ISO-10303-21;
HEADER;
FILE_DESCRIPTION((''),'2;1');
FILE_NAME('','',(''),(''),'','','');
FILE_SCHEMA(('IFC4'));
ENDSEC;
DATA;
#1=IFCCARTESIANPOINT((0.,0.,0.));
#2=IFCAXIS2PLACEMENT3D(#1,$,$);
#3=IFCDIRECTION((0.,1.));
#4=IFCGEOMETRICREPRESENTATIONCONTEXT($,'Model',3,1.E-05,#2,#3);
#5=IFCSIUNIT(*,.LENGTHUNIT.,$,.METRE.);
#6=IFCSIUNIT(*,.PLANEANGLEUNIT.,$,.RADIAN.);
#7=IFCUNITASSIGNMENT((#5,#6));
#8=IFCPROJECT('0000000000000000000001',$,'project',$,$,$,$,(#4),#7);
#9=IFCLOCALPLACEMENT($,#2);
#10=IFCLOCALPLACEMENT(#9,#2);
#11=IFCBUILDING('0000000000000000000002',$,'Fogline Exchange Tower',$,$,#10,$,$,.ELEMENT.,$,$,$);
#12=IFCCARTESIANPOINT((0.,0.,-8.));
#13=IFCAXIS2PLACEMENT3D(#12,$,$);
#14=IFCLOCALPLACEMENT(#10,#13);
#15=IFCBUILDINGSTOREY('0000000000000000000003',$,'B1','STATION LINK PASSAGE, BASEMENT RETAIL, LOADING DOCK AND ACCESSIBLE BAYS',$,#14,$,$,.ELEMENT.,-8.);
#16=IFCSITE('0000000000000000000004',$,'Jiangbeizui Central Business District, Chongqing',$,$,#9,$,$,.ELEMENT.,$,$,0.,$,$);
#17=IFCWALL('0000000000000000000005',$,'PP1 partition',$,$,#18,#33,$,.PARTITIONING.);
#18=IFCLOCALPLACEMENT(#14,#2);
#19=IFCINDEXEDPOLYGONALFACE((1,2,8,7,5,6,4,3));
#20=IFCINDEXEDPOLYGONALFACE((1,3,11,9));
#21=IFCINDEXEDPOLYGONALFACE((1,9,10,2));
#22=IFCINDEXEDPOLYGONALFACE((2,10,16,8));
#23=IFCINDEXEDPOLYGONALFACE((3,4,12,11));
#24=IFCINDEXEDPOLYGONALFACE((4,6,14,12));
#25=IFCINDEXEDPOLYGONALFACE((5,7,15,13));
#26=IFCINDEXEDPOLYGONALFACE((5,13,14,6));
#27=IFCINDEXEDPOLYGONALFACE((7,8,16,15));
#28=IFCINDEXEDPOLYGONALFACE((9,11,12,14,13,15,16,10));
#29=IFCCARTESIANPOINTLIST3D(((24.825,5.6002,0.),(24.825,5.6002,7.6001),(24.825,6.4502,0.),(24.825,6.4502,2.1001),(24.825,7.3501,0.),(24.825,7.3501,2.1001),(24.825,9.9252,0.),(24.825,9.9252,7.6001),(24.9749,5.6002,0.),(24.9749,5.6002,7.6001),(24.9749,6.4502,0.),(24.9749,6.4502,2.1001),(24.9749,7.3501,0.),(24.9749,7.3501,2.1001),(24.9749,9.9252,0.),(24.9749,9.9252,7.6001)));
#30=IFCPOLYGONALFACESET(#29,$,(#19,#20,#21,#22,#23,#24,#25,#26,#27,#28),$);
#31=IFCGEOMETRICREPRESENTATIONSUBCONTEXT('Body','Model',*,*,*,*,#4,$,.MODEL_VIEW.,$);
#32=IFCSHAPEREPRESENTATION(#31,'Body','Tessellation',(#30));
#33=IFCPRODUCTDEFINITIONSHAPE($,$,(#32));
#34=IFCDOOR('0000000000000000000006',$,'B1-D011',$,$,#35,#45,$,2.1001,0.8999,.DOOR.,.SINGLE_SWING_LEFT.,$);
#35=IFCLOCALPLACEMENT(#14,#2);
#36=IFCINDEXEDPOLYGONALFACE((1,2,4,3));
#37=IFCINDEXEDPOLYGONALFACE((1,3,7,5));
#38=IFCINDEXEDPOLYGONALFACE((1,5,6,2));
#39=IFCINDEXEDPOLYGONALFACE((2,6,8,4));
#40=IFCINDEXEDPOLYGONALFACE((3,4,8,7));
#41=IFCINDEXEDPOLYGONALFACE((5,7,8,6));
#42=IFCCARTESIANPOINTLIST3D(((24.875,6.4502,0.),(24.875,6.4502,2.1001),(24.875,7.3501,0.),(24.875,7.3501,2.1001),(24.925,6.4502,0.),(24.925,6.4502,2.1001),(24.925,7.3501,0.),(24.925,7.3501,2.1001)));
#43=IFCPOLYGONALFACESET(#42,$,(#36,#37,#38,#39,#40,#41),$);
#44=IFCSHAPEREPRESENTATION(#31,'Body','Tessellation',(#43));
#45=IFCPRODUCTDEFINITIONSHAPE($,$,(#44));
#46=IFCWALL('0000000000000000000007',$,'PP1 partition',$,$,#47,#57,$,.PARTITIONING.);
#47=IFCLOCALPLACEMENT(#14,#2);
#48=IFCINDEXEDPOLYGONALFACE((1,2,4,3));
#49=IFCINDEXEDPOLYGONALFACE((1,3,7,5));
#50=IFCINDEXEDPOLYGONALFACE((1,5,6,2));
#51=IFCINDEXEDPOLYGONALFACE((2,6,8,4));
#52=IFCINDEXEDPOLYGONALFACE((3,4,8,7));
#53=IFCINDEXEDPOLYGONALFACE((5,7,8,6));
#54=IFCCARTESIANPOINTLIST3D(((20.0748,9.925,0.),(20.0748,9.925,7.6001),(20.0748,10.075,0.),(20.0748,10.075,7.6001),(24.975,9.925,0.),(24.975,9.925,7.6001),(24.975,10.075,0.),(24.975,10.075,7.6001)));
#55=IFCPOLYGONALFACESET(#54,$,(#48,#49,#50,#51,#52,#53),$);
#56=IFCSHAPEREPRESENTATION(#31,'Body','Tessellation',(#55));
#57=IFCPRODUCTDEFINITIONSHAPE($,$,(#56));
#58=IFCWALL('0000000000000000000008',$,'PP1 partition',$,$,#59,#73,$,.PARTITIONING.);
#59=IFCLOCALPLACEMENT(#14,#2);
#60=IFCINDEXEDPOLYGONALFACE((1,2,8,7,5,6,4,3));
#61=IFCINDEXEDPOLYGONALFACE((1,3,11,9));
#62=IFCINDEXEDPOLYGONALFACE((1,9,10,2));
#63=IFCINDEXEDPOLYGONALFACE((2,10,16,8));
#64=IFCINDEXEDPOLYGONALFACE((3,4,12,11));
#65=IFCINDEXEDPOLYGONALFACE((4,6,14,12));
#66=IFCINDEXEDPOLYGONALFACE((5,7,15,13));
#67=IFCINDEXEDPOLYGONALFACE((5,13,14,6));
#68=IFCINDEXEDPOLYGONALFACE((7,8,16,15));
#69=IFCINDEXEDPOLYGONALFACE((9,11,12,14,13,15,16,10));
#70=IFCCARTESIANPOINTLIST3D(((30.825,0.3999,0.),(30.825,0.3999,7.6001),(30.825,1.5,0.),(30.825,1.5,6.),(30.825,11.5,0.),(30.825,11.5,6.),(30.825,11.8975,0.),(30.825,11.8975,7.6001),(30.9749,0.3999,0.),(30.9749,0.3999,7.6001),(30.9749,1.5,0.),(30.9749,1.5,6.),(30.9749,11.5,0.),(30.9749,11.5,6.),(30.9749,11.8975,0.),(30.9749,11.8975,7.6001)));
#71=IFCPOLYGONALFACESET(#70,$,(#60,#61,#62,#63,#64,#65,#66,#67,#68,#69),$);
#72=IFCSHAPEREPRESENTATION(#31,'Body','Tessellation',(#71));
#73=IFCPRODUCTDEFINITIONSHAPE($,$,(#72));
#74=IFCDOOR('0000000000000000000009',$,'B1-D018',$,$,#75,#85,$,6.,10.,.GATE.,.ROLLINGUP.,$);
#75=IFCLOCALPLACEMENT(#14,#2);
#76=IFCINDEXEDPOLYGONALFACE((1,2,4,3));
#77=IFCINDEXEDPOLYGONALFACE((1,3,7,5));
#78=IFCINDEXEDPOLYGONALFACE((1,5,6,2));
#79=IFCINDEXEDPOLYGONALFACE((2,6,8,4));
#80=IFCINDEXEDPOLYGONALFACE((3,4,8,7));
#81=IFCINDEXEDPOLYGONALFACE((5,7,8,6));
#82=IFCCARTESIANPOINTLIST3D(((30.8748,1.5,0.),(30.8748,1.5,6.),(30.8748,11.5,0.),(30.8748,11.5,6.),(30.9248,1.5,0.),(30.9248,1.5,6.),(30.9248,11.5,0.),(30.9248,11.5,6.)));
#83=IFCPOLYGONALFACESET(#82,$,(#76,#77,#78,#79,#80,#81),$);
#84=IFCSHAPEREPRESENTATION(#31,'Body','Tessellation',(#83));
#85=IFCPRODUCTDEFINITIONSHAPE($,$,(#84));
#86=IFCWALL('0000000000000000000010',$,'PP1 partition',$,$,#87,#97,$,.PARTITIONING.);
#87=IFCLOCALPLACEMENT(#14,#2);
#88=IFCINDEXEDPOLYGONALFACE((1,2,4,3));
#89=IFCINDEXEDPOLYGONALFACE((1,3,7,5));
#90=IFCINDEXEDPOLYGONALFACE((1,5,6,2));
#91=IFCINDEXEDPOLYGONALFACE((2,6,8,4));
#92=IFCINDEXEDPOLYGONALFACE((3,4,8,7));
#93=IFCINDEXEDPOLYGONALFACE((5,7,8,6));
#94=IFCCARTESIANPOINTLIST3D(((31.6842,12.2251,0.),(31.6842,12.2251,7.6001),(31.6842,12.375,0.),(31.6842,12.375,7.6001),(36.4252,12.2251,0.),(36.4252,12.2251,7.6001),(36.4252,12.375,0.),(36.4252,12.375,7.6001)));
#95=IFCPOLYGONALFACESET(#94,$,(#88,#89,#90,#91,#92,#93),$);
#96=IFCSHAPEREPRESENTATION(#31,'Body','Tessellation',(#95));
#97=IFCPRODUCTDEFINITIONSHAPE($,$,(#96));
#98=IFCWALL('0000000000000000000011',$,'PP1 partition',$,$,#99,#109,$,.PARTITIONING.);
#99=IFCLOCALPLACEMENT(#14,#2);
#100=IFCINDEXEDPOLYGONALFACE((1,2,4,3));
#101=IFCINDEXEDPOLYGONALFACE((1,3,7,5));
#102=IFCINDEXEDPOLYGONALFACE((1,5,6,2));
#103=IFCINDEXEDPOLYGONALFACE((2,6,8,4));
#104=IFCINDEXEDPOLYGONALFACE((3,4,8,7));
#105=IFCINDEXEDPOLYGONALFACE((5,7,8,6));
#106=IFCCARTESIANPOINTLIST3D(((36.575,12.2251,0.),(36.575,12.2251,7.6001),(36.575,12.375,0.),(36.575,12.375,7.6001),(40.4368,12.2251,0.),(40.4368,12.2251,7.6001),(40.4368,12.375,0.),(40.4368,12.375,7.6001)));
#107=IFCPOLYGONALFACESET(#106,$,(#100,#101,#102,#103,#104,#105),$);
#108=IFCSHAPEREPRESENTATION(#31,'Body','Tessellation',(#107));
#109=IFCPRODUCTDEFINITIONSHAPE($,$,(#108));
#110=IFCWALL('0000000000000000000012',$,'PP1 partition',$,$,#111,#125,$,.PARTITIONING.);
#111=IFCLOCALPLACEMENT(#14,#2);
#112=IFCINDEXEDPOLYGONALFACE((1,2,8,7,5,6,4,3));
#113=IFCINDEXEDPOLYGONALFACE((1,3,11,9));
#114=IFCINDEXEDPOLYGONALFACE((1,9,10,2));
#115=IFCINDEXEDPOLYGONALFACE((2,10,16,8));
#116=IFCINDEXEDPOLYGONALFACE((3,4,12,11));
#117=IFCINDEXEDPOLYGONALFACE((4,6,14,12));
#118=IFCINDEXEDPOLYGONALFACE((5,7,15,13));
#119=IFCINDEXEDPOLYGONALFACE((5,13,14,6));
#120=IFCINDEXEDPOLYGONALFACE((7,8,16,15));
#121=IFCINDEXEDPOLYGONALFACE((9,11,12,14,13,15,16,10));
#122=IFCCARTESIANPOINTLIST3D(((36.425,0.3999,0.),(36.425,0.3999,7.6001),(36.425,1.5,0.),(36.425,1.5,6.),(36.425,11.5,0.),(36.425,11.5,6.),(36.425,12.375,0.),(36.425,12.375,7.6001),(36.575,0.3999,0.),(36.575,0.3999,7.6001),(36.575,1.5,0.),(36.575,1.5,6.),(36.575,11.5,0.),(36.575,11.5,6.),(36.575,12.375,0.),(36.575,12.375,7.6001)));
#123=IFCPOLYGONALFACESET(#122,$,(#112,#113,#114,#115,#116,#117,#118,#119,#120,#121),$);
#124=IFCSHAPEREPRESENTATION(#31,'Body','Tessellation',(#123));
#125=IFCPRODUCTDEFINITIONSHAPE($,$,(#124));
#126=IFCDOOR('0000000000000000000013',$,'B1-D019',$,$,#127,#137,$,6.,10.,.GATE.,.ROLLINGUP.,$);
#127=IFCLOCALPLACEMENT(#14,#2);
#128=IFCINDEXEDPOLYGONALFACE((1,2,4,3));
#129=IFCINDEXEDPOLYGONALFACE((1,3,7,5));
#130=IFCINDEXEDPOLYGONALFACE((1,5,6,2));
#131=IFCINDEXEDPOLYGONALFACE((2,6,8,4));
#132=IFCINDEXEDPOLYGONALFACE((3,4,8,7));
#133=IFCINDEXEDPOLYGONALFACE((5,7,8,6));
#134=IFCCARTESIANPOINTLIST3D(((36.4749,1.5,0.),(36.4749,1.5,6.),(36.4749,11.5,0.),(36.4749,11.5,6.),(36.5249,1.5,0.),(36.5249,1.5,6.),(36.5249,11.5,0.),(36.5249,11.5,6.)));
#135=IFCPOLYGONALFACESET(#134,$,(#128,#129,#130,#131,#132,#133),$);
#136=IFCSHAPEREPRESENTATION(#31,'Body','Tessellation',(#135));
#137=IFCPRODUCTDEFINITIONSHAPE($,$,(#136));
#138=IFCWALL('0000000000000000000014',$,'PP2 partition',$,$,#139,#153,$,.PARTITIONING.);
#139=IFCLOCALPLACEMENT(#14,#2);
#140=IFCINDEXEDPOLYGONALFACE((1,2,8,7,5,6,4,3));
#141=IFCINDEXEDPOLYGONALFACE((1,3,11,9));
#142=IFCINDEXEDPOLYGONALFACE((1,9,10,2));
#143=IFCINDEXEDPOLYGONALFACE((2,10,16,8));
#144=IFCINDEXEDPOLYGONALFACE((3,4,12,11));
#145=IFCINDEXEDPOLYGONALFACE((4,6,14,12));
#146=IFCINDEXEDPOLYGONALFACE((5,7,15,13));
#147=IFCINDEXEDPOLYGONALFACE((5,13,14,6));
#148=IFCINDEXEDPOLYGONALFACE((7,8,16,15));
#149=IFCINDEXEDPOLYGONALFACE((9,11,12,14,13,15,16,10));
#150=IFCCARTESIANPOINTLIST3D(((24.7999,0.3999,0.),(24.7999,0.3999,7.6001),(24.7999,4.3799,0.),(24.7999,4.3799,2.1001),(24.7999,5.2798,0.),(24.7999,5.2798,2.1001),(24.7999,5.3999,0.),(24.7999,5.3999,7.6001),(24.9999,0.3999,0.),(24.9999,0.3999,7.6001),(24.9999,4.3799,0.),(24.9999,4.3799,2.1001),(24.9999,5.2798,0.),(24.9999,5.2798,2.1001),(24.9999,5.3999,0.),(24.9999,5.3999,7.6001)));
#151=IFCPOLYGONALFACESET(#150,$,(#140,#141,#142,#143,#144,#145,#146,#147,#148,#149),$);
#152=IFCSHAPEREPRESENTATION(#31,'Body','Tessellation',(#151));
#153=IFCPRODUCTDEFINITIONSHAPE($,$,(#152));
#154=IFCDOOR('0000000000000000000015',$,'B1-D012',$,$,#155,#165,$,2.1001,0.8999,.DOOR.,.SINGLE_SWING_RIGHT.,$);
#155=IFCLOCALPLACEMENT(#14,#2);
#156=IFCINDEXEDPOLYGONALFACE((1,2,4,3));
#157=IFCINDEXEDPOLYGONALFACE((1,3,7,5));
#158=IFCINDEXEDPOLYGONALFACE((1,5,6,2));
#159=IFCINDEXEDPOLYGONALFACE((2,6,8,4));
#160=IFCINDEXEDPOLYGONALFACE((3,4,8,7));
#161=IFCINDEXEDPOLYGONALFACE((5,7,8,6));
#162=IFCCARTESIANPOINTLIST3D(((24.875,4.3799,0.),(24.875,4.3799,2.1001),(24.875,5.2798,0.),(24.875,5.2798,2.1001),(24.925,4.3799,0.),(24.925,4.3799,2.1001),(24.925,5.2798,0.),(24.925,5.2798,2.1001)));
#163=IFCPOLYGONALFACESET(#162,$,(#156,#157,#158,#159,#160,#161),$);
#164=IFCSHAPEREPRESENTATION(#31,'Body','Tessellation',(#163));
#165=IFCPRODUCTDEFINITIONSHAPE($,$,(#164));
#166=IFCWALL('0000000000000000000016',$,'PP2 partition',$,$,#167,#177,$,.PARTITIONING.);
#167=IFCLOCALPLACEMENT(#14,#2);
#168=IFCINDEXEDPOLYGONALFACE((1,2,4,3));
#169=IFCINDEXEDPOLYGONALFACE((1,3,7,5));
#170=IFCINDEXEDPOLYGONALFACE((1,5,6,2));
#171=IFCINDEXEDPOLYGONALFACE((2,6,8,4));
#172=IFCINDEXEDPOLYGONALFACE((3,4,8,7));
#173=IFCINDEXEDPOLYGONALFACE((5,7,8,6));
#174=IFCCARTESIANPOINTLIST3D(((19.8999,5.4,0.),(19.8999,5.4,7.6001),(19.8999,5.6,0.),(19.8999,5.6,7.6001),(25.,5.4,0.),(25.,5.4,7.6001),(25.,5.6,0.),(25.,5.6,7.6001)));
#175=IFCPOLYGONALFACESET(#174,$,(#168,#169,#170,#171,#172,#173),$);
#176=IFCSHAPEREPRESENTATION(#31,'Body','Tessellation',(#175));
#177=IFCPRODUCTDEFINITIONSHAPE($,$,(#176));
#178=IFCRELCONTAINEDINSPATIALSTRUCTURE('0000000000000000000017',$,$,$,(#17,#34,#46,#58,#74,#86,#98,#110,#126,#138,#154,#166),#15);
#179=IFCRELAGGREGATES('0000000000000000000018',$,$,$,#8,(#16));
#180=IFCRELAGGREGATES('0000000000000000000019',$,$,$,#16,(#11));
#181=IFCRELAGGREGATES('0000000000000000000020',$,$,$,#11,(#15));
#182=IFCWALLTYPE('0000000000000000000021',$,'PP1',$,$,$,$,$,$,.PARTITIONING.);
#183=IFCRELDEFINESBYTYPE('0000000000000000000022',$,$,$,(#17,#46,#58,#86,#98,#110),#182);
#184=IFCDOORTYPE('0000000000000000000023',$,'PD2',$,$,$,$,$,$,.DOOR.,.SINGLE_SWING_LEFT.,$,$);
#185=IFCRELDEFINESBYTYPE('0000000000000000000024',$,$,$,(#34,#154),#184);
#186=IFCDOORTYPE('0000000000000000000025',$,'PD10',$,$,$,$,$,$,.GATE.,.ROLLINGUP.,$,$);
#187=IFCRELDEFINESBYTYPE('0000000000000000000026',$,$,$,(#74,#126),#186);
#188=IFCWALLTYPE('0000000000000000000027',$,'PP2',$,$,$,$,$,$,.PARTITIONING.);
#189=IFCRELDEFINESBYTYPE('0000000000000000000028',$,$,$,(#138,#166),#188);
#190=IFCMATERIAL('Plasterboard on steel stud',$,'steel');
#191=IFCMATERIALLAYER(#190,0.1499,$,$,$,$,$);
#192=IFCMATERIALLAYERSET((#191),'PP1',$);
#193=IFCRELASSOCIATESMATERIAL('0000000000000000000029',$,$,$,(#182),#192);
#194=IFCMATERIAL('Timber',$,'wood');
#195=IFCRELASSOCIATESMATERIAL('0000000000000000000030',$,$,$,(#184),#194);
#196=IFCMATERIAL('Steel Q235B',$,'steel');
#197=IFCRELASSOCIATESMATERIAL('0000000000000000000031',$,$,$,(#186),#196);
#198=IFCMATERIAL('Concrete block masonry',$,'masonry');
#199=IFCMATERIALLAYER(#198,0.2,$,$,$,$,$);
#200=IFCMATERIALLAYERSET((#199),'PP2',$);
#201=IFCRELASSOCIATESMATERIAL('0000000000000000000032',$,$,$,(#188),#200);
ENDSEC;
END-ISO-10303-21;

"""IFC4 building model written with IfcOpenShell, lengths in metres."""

from ifc_helpers import new_model, si_unit, direction, frame, frame_2d, origin, place, context, subcontext, project, spatial, rectangle, extrude, material, layer, layer_set, type_object, element, fill, save


model = new_model("IFC4")

# Units and contexts
model_context = context("Model", 3, precision=1e-05, world=origin(), true_north=direction((0.0, 1.0)))
body_context = subcontext(model_context, "Body", "Model", "MODEL_VIEW")
ifc_project = project(units=[si_unit("LENGTHUNIT", "METRE"), si_unit("PLANEANGLEUNIT", "RADIAN")], contexts=[model_context])

# Site, building, storey
site_placement = place(None, origin())
site = spatial("IfcSite", under=ifc_project, at=site_placement, Name="Jiangbeizui Central Business District, Chongqing", CompositionType="ELEMENT", RefElevation=0.0)
building_placement = place(site_placement, origin())
building = spatial("IfcBuilding", under=site, at=building_placement, Name="Fogline Exchange Tower", CompositionType="ELEMENT")
storey_placement = place(building_placement, frame((0.0, 0.0, -8.0)))
storey = spatial("IfcBuildingStorey", under=building, at=storey_placement, Name="B1", Description="STATION LINK PASSAGE, BASEMENT RETAIL, LOADING DOCK AND ACCESSIBLE BAYS", CompositionType="ELEMENT", Elevation=-8.0)

# Wall, opening, door
ifc_material_1 = material(Name="Plasterboard on steel stud", Category="steel")
ifc_layer_1 = layer(ifc_material_1, 0.1499)
ifc_layer_set_1 = layer_set([ifc_layer_1], Name="PP1")
wall_type_1 = type_object("IfcWallType", Name="PP1", PredefinedType="PARTITIONING", material=ifc_layer_set_1)
wall_1_placement = place(storey_placement, frame((24.8999, 5.6001, 0.0), z_axis=(0.0, 0.0, 1.0), x_axis=(0.0, 1.0, 0.0)))
wall_1 = element("IfcWall", 1, at=wall_1_placement, inside=storey, type_object=wall_type_1, Name="PP1 partition", PredefinedType="PARTITIONING", context=body_context, shape_type="SweptSolid", body=[
    extrude(rectangle(XDim=4.325, YDim=0.1499, at=frame_2d((2.1626, 0.0))), origin(), (0.0, 0.0, 1.0), 7.6001),
])
opening_1_placement = place(wall_1_placement, frame((0.8501, 0.0, 0.0)))
opening_1 = element("IfcOpeningElement", 2, at=opening_1_placement, cuts=wall_1, PredefinedType="OPENING", context=body_context, shape_type="SweptSolid", body=[
    extrude(rectangle(XDim=0.8999, YDim=2.1001, at=frame_2d((0.45, 1.05))), frame((0.0, 0.085, 0.0), z_axis=(0.0, -1.0, 0.0), x_axis=(1.0, 0.0, 0.0)), (0.0, 0.0, 1.0), 0.1699),
])
ifc_material_2 = material(Name="Timber", Category="wood")
door_type_1 = type_object("IfcDoorType", Name="PD2", OperationType="SINGLE_SWING_LEFT", PredefinedType="DOOR", material=ifc_material_2)
door_1_placement = place(opening_1_placement, origin())
door_1 = element("IfcDoor", 3, at=door_1_placement, inside=storey, type_object=door_type_1, Name="B1-D011", OperationType="SINGLE_SWING_LEFT", OverallHeight=2.1001, OverallWidth=0.8999, PredefinedType="DOOR", context=body_context, shape_type="SweptSolid", body=[
    extrude(rectangle(XDim=0.8999, YDim=2.1001, at=frame_2d((0.45, 1.05))), frame((0.0, 0.0249, 0.0), z_axis=(0.0, -1.0, 0.0), x_axis=(1.0, 0.0, 0.0)), (0.0, 0.0, 1.0), 0.05),
])
fill(opening_1, door_1)

# Wall
wall_2_placement = place(storey_placement, frame((24.9751, 10.0, 0.0), z_axis=(0.0, 0.0, 1.0), x_axis=(-1.0, 0.0, 0.0)))
element("IfcWall", 4, at=wall_2_placement, inside=storey, type_object=wall_type_1, Name="PP1 partition", PredefinedType="PARTITIONING", context=body_context, shape_type="SweptSolid", body=[
    extrude(rectangle(XDim=4.9001, YDim=0.1499, at=frame_2d((2.4502, 0.0))), origin(), (0.0, 0.0, 1.0), 7.6001),
])

# Wall, opening, door
wall_3_placement = place(storey_placement, frame((30.8999, 11.8975, 0.0), z_axis=(0.0, 0.0, 1.0), x_axis=(0.0, -1.0, 0.0)))
wall_3 = element("IfcWall", 5, at=wall_3_placement, inside=storey, type_object=wall_type_1, Name="PP1 partition", PredefinedType="PARTITIONING", context=body_context, shape_type="SweptSolid", body=[
    extrude(rectangle(XDim=11.4976, YDim=0.1499, at=frame_2d((5.7488, 0.0))), origin(), (0.0, 0.0, 1.0), 7.6001),
])
opening_2_placement = place(wall_3_placement, frame((0.3975, 0.0, 0.0)))
opening_2 = element("IfcOpeningElement", 6, at=opening_2_placement, cuts=wall_3, PredefinedType="OPENING", context=body_context, shape_type="SweptSolid", body=[
    extrude(rectangle(XDim=10.0, YDim=6.0, at=frame_2d((5.0, 3.0))), frame((0.0, 0.085, 0.0), z_axis=(0.0, -1.0, 0.0), x_axis=(1.0, 0.0, 0.0)), (0.0, 0.0, 1.0), 0.1699),
])
ifc_material_3 = material(Name="Steel Q235B", Category="steel")
door_type_2 = type_object("IfcDoorType", Name="PD10", OperationType="ROLLINGUP", PredefinedType="GATE", material=ifc_material_3)
door_2_placement = place(opening_2_placement, origin())
door_2 = element("IfcDoor", 7, at=door_2_placement, inside=storey, type_object=door_type_2, Name="B1-D018", OperationType="ROLLINGUP", OverallHeight=6.0, OverallWidth=10.0, PredefinedType="GATE", context=body_context, shape_type="SweptSolid", body=[
    extrude(rectangle(XDim=10.0, YDim=6.0, at=frame_2d((5.0, 3.0))), frame((0.0, 0.0249, 0.0), z_axis=(0.0, -1.0, 0.0), x_axis=(1.0, 0.0, 0.0)), (0.0, 0.0, 1.0), 0.05),
])
fill(opening_2, door_2)

# Walls
wall_4_placement = place(storey_placement, frame((31.6841, 12.3, 0.0), z_axis=(0.0, 0.0, 1.0), x_axis=(1.0, 0.0, 0.0)))
element("IfcWall", 8, at=wall_4_placement, inside=storey, type_object=wall_type_1, Name="PP1 partition", PredefinedType="PARTITIONING", context=body_context, shape_type="SweptSolid", body=[
    extrude(rectangle(XDim=4.741, YDim=0.1499, at=frame_2d((2.3706, 0.0))), origin(), (0.0, 0.0, 1.0), 7.6001),
])
wall_5_placement = place(storey_placement, frame((36.575, 12.3, 0.0), z_axis=(0.0, 0.0, 1.0), x_axis=(1.0, 0.0, 0.0)))
element("IfcWall", 9, at=wall_5_placement, inside=storey, type_object=wall_type_1, Name="PP1 partition", PredefinedType="PARTITIONING", context=body_context, shape_type="SweptSolid", body=[
    extrude(rectangle(XDim=3.8618, YDim=0.1499, at=frame_2d((1.9309, 0.0))), origin(), (0.0, 0.0, 1.0), 7.6001),
])

# Walls, openings, doors
wall_6_placement = place(storey_placement, frame((36.5, 12.375, 0.0), z_axis=(0.0, 0.0, 1.0), x_axis=(0.0, -1.0, 0.0)))
wall_6 = element("IfcWall", 10, at=wall_6_placement, inside=storey, type_object=wall_type_1, Name="PP1 partition", PredefinedType="PARTITIONING", context=body_context, shape_type="SweptSolid", body=[
    extrude(rectangle(XDim=11.9751, YDim=0.1499, at=frame_2d((5.9875, 0.0))), origin(), (0.0, 0.0, 1.0), 7.6001),
])
opening_3_placement = place(wall_6_placement, frame((0.875, 0.0, 0.0)))
opening_3 = element("IfcOpeningElement", 11, at=opening_3_placement, cuts=wall_6, PredefinedType="OPENING", context=body_context, shape_type="SweptSolid", body=[
    extrude(rectangle(XDim=10.0, YDim=6.0, at=frame_2d((5.0, 3.0))), frame((0.0, 0.085, 0.0), z_axis=(0.0, -1.0, 0.0), x_axis=(1.0, 0.0, 0.0)), (0.0, 0.0, 1.0), 0.1699),
])
door_3_placement = place(opening_3_placement, origin())
door_3 = element("IfcDoor", 12, at=door_3_placement, inside=storey, type_object=door_type_2, Name="B1-D019", OperationType="ROLLINGUP", OverallHeight=6.0, OverallWidth=10.0, PredefinedType="GATE", context=body_context, shape_type="SweptSolid", body=[
    extrude(rectangle(XDim=10.0, YDim=6.0, at=frame_2d((5.0, 3.0))), frame((0.0, 0.0249, 0.0), z_axis=(0.0, -1.0, 0.0), x_axis=(1.0, 0.0, 0.0)), (0.0, 0.0, 1.0), 0.05),
])
fill(opening_3, door_3)
ifc_material_4 = material(Name="Concrete block masonry", Category="masonry")
ifc_layer_2 = layer(ifc_material_4, 0.2)
ifc_layer_set_2 = layer_set([ifc_layer_2], Name="PP2")
wall_type_2 = type_object("IfcWallType", Name="PP2", PredefinedType="PARTITIONING", material=ifc_layer_set_2)
wall_7_placement = place(storey_placement, frame((24.8999, 0.3999, 0.0), z_axis=(0.0, 0.0, 1.0), x_axis=(0.0, 1.0, 0.0)))
wall_7 = element("IfcWall", 13, at=wall_7_placement, inside=storey, type_object=wall_type_2, Name="PP2 partition", PredefinedType="PARTITIONING", context=body_context, shape_type="SweptSolid", body=[
    extrude(rectangle(XDim=5.0, YDim=0.2, at=frame_2d((2.5, 0.0))), origin(), (0.0, 0.0, 1.0), 7.6001),
])
opening_4_placement = place(wall_7_placement, frame((3.98, 0.0, 0.0)))
opening_4 = element("IfcOpeningElement", 14, at=opening_4_placement, cuts=wall_7, PredefinedType="OPENING", context=body_context, shape_type="SweptSolid", body=[
    extrude(rectangle(XDim=0.8999, YDim=2.1001, at=frame_2d((0.45, 1.05))), frame((0.0, 0.1099, 0.0), z_axis=(0.0, -1.0, 0.0), x_axis=(1.0, 0.0, 0.0)), (0.0, 0.0, 1.0), 0.22),
])
door_4_placement = place(opening_4_placement, origin())
door_4 = element("IfcDoor", 15, at=door_4_placement, inside=storey, type_object=door_type_1, Name="B1-D012", OperationType="SINGLE_SWING_RIGHT", OverallHeight=2.1001, OverallWidth=0.8999, PredefinedType="DOOR", context=body_context, shape_type="SweptSolid", body=[
    extrude(rectangle(XDim=0.8999, YDim=2.1001, at=frame_2d((0.45, 1.05))), frame((0.0, 0.0249, 0.0), z_axis=(0.0, -1.0, 0.0), x_axis=(1.0, 0.0, 0.0)), (0.0, 0.0, 1.0), 0.05),
])
fill(opening_4, door_4)

# Wall
wall_8_placement = place(storey_placement, frame((25.0, 5.5, 0.0), z_axis=(0.0, 0.0, 1.0), x_axis=(-1.0, 0.0, 0.0)))
element("IfcWall", 16, at=wall_8_placement, inside=storey, type_object=wall_type_2, Name="PP2 partition", PredefinedType="PARTITIONING", context=body_context, shape_type="SweptSolid", body=[
    extrude(rectangle(XDim=5.1001, YDim=0.2, at=frame_2d((2.55, 0.0))), origin(), (0.0, 0.0, 1.0), 7.6001),
])

save(model, "model.ifc")
